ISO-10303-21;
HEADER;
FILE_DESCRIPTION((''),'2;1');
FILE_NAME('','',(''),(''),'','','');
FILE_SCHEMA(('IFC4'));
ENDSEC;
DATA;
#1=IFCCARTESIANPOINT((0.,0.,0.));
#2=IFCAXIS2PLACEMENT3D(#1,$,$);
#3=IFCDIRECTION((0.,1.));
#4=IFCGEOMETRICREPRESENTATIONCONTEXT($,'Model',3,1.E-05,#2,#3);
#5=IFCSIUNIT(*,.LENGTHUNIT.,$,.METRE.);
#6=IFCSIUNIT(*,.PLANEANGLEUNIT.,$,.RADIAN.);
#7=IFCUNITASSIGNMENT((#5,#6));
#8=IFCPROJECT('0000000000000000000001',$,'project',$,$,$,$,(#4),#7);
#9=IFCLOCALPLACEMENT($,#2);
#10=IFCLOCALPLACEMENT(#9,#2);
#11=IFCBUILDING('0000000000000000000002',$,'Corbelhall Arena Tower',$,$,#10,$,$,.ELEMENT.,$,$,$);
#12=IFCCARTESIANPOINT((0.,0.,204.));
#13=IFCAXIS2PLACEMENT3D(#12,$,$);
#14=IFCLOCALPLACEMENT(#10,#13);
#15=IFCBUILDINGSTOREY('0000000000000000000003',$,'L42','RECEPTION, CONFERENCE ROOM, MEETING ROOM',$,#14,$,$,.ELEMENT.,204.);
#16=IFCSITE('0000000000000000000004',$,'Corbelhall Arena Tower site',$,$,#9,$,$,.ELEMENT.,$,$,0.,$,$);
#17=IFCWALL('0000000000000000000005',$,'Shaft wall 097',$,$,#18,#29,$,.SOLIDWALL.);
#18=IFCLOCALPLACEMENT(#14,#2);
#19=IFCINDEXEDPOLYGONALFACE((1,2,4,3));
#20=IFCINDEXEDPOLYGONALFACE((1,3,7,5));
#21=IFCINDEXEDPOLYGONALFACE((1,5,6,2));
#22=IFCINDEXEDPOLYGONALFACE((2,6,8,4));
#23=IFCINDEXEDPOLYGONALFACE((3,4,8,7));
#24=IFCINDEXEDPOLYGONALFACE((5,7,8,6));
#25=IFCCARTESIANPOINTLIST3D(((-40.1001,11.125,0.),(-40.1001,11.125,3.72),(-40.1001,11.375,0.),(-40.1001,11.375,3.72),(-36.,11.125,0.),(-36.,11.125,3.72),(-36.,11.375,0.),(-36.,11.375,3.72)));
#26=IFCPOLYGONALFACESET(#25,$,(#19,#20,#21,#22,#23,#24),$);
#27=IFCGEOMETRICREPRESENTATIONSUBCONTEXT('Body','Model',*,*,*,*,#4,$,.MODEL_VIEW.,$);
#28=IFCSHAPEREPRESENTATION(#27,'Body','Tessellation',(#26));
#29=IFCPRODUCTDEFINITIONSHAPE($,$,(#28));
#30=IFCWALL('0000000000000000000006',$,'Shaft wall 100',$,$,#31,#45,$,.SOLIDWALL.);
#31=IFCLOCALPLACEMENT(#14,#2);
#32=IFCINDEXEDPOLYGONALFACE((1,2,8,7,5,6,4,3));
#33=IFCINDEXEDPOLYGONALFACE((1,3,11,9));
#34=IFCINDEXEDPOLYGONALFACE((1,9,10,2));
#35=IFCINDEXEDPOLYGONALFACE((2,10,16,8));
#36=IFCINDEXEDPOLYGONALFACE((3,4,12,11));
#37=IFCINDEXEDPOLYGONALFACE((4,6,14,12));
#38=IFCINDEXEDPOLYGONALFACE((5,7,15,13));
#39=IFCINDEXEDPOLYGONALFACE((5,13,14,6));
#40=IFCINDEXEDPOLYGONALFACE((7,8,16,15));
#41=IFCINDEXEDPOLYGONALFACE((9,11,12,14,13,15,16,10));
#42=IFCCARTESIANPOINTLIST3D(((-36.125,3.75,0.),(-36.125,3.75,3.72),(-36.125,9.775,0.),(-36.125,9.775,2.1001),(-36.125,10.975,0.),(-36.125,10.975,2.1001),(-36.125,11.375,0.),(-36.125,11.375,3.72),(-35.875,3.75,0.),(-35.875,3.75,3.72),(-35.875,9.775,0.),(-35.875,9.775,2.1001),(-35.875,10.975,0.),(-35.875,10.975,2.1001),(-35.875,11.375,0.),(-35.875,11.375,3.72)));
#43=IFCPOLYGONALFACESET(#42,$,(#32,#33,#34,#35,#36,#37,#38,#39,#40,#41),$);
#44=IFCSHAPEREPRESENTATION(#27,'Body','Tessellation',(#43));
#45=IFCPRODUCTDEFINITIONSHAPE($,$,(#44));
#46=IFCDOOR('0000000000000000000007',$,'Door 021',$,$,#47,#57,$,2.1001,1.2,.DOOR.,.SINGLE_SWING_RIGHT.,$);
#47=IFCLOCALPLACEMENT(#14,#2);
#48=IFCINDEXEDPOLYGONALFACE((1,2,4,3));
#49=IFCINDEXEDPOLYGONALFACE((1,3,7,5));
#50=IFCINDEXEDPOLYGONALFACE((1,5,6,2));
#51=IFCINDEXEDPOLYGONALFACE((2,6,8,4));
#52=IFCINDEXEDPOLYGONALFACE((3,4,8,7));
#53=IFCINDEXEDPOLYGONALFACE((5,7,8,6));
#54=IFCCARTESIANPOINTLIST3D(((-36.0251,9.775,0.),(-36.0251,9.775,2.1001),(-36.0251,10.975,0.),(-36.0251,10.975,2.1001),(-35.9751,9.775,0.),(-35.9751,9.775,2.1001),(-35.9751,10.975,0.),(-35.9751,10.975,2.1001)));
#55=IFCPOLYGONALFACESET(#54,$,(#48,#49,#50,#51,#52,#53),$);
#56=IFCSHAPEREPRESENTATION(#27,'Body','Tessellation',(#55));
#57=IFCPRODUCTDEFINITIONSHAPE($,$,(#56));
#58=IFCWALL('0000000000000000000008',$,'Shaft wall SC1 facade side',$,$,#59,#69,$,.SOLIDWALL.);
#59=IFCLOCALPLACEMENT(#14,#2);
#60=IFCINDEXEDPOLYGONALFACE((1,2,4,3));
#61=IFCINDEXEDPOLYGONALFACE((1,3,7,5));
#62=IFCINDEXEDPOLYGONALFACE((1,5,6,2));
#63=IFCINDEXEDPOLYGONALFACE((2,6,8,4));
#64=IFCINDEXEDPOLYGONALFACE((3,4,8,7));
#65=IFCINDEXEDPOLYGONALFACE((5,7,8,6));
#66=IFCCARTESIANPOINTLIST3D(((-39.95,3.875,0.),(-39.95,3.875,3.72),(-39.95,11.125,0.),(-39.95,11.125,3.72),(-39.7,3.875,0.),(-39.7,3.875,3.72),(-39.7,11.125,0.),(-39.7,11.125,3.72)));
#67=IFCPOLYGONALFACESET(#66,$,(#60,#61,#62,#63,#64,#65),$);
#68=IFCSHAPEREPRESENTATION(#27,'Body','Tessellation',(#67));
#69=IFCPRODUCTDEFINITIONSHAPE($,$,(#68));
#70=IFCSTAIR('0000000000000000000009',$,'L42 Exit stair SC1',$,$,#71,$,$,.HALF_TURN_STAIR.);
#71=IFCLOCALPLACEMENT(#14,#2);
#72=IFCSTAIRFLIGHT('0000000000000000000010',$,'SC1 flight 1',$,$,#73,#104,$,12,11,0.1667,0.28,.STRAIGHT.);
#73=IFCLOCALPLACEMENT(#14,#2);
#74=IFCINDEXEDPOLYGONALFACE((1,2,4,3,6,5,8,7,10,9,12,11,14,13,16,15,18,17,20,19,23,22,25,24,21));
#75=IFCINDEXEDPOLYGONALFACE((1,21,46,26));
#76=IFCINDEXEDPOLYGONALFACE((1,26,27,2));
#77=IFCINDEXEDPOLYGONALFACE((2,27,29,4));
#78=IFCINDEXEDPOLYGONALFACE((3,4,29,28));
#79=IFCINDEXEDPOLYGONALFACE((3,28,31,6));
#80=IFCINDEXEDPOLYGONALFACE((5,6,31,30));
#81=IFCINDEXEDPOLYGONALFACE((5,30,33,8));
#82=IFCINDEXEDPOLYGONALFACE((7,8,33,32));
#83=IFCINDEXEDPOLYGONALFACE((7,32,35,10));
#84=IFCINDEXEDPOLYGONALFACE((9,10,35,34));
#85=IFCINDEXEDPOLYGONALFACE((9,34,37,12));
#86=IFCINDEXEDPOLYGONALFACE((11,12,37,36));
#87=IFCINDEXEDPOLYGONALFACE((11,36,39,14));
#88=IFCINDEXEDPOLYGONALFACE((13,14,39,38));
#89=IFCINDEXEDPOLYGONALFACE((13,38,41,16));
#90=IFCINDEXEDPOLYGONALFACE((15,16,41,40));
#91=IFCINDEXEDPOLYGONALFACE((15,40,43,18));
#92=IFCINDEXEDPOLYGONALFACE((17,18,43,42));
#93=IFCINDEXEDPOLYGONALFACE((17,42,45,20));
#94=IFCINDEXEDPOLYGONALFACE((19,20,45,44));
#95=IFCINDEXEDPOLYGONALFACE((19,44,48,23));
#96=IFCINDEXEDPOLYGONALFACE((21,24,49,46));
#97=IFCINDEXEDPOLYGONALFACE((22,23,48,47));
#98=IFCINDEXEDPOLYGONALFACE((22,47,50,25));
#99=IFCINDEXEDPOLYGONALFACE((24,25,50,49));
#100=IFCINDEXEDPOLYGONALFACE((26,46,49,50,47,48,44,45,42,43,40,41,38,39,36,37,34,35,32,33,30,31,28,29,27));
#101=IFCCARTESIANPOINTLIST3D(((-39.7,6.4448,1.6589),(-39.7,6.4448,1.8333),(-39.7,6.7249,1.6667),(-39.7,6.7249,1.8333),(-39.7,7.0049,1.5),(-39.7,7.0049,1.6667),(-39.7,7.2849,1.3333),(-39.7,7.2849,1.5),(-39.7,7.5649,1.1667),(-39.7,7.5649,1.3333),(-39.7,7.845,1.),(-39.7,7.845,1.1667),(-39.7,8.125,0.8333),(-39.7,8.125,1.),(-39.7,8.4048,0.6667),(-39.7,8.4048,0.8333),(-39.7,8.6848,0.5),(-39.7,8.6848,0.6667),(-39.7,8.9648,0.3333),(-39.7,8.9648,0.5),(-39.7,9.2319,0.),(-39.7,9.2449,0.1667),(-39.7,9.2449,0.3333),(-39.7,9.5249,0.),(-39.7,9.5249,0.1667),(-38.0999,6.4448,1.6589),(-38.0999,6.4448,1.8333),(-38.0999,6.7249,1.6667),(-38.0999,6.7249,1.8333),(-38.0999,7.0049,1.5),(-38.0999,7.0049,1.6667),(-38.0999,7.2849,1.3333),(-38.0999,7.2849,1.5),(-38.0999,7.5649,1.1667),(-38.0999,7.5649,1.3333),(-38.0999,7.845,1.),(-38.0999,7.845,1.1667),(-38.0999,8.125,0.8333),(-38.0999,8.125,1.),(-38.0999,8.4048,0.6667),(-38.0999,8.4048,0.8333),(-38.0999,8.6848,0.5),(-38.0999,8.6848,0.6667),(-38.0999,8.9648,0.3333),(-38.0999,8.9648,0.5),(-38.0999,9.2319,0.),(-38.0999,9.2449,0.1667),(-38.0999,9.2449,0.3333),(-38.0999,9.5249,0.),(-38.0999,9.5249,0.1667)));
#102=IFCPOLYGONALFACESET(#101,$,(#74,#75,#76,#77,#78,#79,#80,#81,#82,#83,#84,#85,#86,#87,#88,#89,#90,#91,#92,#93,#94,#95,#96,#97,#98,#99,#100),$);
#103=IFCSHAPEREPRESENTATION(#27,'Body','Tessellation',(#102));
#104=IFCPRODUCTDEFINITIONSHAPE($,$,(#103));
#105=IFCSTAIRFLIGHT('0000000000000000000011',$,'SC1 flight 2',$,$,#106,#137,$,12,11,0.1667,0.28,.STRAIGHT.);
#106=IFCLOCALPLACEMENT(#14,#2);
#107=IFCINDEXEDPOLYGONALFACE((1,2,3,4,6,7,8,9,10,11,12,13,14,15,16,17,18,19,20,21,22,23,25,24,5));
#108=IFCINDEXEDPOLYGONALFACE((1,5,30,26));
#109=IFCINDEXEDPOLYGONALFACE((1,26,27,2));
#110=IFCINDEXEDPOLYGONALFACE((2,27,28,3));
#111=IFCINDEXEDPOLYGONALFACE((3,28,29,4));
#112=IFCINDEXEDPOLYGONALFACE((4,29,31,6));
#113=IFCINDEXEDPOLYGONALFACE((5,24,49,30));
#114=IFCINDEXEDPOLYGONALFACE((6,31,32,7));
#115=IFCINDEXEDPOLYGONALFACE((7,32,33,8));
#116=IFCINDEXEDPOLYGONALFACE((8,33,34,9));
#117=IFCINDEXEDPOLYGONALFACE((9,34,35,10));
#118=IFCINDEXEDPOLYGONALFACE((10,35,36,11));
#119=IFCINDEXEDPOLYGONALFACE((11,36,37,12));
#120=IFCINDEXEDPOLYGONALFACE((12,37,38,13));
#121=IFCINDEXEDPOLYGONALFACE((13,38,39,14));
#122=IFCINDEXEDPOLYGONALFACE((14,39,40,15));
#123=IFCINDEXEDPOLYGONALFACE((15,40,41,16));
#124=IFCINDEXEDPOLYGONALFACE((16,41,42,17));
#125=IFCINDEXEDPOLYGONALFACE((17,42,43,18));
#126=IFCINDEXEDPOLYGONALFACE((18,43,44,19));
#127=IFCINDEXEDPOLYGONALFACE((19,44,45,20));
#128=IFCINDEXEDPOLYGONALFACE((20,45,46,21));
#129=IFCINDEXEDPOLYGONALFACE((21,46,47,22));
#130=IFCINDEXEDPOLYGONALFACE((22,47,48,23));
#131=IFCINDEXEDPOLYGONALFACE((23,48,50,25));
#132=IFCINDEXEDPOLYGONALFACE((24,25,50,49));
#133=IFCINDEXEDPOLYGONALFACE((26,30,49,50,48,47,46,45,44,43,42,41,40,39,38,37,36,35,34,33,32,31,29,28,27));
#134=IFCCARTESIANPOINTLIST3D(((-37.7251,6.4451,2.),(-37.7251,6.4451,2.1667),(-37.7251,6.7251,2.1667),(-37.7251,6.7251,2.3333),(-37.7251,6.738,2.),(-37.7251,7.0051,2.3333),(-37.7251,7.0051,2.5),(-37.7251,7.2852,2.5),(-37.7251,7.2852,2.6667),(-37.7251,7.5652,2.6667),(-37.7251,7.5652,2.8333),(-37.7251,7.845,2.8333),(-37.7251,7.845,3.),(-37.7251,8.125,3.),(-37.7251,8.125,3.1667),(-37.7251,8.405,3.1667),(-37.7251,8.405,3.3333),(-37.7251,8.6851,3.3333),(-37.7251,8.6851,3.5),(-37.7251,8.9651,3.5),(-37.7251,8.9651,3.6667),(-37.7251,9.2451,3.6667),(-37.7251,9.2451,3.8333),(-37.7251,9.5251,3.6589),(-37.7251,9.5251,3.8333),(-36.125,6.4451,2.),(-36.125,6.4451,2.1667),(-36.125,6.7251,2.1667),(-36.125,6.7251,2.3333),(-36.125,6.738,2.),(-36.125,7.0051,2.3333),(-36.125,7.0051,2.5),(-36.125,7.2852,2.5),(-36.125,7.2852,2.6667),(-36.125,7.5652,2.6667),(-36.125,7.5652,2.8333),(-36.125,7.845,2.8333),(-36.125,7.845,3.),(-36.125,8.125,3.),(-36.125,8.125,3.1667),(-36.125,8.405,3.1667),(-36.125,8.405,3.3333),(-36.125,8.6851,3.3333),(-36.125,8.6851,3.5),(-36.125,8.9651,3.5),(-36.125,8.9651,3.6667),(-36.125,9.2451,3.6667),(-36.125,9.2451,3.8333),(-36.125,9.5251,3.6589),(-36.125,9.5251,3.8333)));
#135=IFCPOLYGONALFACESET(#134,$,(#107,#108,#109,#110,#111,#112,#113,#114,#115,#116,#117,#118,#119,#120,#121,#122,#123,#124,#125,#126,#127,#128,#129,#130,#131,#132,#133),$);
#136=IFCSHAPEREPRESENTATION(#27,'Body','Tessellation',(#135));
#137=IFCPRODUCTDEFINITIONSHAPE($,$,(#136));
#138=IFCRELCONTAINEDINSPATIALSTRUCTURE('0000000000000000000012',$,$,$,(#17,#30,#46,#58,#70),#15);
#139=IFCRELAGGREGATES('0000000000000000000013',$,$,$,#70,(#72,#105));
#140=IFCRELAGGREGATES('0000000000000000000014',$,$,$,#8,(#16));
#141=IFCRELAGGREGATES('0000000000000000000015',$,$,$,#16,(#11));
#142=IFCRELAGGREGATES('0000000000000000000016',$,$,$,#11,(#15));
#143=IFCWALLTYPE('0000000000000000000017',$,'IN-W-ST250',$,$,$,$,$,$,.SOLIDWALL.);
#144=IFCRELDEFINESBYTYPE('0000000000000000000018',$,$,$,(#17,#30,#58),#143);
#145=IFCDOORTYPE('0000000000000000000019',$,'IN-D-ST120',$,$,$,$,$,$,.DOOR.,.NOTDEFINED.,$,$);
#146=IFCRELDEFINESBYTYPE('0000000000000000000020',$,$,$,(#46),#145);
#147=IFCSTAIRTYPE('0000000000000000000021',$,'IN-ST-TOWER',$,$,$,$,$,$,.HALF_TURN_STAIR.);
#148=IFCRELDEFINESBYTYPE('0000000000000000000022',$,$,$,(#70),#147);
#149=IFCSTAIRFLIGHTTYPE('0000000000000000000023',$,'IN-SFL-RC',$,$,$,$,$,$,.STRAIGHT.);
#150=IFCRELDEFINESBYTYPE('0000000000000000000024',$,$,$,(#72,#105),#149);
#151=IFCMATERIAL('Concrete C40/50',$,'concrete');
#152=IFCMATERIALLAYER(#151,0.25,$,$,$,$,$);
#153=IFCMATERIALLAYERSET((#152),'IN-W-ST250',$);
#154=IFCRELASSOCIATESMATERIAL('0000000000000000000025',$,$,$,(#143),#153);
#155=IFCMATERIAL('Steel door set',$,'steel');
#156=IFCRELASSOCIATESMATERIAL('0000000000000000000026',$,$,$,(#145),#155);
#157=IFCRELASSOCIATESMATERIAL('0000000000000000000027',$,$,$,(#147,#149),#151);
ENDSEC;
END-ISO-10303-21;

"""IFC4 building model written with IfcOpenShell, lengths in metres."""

from ifc_helpers import new_model, si_unit, direction, frame, frame_2d, origin, place, context, subcontext, project, spatial, polyline, rectangle, outline, extrude, material, layer, layer_set, type_object, element, fill, aggregate, save


model = new_model("IFC4")

# Units and contexts
model_context = context("Model", 3, precision=1e-05, world=origin(), true_north=direction((0.0, 1.0)))
body_context = subcontext(model_context, "Body", "Model", "MODEL_VIEW")
ifc_project = project(units=[si_unit("LENGTHUNIT", "METRE"), si_unit("PLANEANGLEUNIT", "RADIAN")], contexts=[model_context])

# Site, building, storey
site_placement = place(None, origin())
site = spatial("IfcSite", under=ifc_project, at=site_placement, Name="Corbelhall Arena Tower site", CompositionType="ELEMENT", RefElevation=0.0)
building_placement = place(site_placement, origin())
building = spatial("IfcBuilding", under=site, at=building_placement, Name="Corbelhall Arena Tower", CompositionType="ELEMENT")
storey_placement = place(building_placement, frame((0.0, 0.0, 204.0)))
storey = spatial("IfcBuildingStorey", under=building, at=storey_placement, Name="L42", Description="RECEPTION, CONFERENCE ROOM, MEETING ROOM", CompositionType="ELEMENT", Elevation=204.0)

# Shared definitions
ifc_material_1 = material(Name="Steel door set", Category="steel")

# Wall
ifc_material_2 = material(Name="Concrete C40/50", Category="concrete")
ifc_layer_1 = layer(ifc_material_2, 0.25)
ifc_layer_set_1 = layer_set([ifc_layer_1], Name="IN-W-ST250")
wall_type_1 = type_object("IfcWallType", Name="IN-W-ST250", PredefinedType="SOLIDWALL", material=ifc_layer_set_1)
wall_1_placement = place(storey_placement, frame((-40.1001, 11.25, 0.0), z_axis=(0.0, 0.0, 1.0), x_axis=(1.0, 0.0, 0.0)))
element("IfcWall", 1, at=wall_1_placement, inside=storey, type_object=wall_type_1, Name="Shaft wall 097", PredefinedType="SOLIDWALL", context=body_context, shape_type="SweptSolid", body=[
    extrude(rectangle(XDim=4.1001, YDim=0.25, at=frame_2d((2.05, 0.0))), origin(), (0.0, 0.0, 1.0), 3.72),
])

# Wall, opening, door
wall_2_placement = place(storey_placement, frame((-36.0, 11.375, 0.0), z_axis=(0.0, 0.0, 1.0), x_axis=(0.0, -1.0, 0.0)))
wall_2 = element("IfcWall", 2, at=wall_2_placement, inside=storey, type_object=wall_type_1, Name="Shaft wall 100", PredefinedType="SOLIDWALL", context=body_context, shape_type="SweptSolid", body=[
    extrude(rectangle(XDim=7.625, YDim=0.25, at=frame_2d((3.8125, 0.0))), origin(), (0.0, 0.0, 1.0), 3.72),
])
opening_1_placement = place(wall_2_placement, frame((0.3999, 0.0, 0.0)))
opening_1 = element("IfcOpeningElement", 3, at=opening_1_placement, cuts=wall_2, PredefinedType="OPENING", context=body_context, shape_type="SweptSolid", body=[
    extrude(rectangle(XDim=1.2, YDim=2.1001, at=frame_2d((0.6001, 1.05))), frame((0.0, 0.125, 0.0), z_axis=(0.0, -1.0, 0.0), x_axis=(1.0, 0.0, 0.0)), (0.0, 0.0, 1.0), 0.25),
])
door_type_1 = type_object("IfcDoorType", Name="IN-D-ST120", OperationType="NOTDEFINED", PredefinedType="DOOR", material=ifc_material_1)
door_1_placement = place(opening_1_placement, origin())
door_1 = element("IfcDoor", 4, at=door_1_placement, inside=storey, type_object=door_type_1, Name="Door 021", OperationType="SINGLE_SWING_RIGHT", OverallHeight=2.1001, OverallWidth=1.2, PredefinedType="DOOR", context=body_context, shape_type="SweptSolid", body=[
    extrude(rectangle(XDim=1.2, YDim=2.1001, at=frame_2d((0.6001, 1.05))), frame((0.0, 0.0249, 0.0), z_axis=(0.0, -1.0, 0.0), x_axis=(1.0, 0.0, 0.0)), (0.0, 0.0, 1.0), 0.05),
])
fill(opening_1, door_1)

# Wall
wall_3_placement = place(storey_placement, frame((-39.825, 3.875, 0.0), z_axis=(0.0, 0.0, 1.0), x_axis=(0.0, 1.0, 0.0)))
element("IfcWall", 5, at=wall_3_placement, inside=storey, type_object=wall_type_1, Name="Shaft wall SC1 facade side", PredefinedType="SOLIDWALL", context=body_context, shape_type="SweptSolid", body=[
    extrude(rectangle(XDim=7.25, YDim=0.25, at=frame_2d((3.625, 0.0))), origin(), (0.0, 0.0, 1.0), 3.72),
])

# Stair, stair flights
stair_type = type_object("IfcStairType", Name="IN-ST-TOWER", PredefinedType="HALF_TURN_STAIR", material=ifc_material_2)
stair_placement = place(storey_placement, origin())
stair = element("IfcStair", 6, at=stair_placement, inside=storey, type_object=stair_type, Name="L42 Exit stair SC1", PredefinedType="HALF_TURN_STAIR")
stair_flight_type = type_object("IfcStairFlightType", Name="IN-SFL-RC", PredefinedType="STRAIGHT", material=ifc_material_2)
stair_flight_1_placement = place(storey_placement, frame((-38.8999, 9.5249, 0.0), z_axis=(0.0, 0.0, 1.0), x_axis=(0.0, -1.0, 0.0)))
stair_flight_1 = element("IfcStairFlight", 7, at=stair_flight_1_placement, type_object=stair_flight_type, Name="SC1 flight 1", NumberOfRisers=12, NumberOfTreads=11, PredefinedType="STRAIGHT", RiserHeight=0.1667, TreadLength=0.28, context=body_context, shape_type="SweptSolid", body=[
    extrude(outline(polyline([(0.0, 0.0), (0.0, 0.1667), (0.28, 0.1667), (0.28, 0.3333), (0.5601, 0.3333), (0.5601, 0.5), (0.8401, 0.5), (0.8401, 0.6667), (1.1201, 0.6667), (1.1201, 0.8333), (1.3999, 0.8333), (1.3999, 1.0), (1.6799, 1.0), (1.6799, 1.1667), (1.96, 1.1667), (1.96, 1.3333), (2.24, 1.3333), (2.24, 1.5), (2.52, 1.5), (2.52, 1.6667), (2.8, 1.6667), (2.8, 1.8333), (3.0801, 1.8333), (3.0801, 2.0), (3.0801, 1.6589), (0.293, 0.0), (0.0, 0.0)])), frame((0.0, 0.8, 0.0), z_axis=(0.0, -1.0, 0.0), x_axis=(1.0, 0.0, 0.0)), (0.0, 0.0, 1.0), 1.6001),
])
stair_flight_2_placement = place(storey_placement, frame((-36.925, 6.4451, 2.0), z_axis=(0.0, 0.0, 1.0), x_axis=(0.0, 1.0, 0.0)))
stair_flight_2 = element("IfcStairFlight", 8, at=stair_flight_2_placement, type_object=stair_flight_type, Name="SC1 flight 2", NumberOfRisers=12, NumberOfTreads=11, PredefinedType="STRAIGHT", RiserHeight=0.1667, TreadLength=0.28, context=body_context, shape_type="SweptSolid", body=[
    extrude(outline(polyline([(0.0, 0.0), (0.0, 0.1667), (0.28, 0.1667), (0.28, 0.3333), (0.5601, 0.3333), (0.5601, 0.5), (0.8401, 0.5), (0.8401, 0.6667), (1.1201, 0.6667), (1.1201, 0.8333), (1.3999, 0.8333), (1.3999, 1.0), (1.6799, 1.0), (1.6799, 1.1667), (1.96, 1.1667), (1.96, 1.3333), (2.24, 1.3333), (2.24, 1.5), (2.52, 1.5), (2.52, 1.6667), (2.8, 1.6667), (2.8, 1.8333), (3.0801, 1.8333), (3.0801, 2.0), (3.0801, 1.6589), (0.293, 0.0), (0.0, 0.0)])), frame((0.0, 0.8, 0.0), z_axis=(0.0, -1.0, 0.0), x_axis=(1.0, 0.0, 0.0)), (0.0, 0.0, 1.0), 1.6001),
])
aggregate(stair, [stair_flight_1, stair_flight_2])

save(model, "model.ifc")
